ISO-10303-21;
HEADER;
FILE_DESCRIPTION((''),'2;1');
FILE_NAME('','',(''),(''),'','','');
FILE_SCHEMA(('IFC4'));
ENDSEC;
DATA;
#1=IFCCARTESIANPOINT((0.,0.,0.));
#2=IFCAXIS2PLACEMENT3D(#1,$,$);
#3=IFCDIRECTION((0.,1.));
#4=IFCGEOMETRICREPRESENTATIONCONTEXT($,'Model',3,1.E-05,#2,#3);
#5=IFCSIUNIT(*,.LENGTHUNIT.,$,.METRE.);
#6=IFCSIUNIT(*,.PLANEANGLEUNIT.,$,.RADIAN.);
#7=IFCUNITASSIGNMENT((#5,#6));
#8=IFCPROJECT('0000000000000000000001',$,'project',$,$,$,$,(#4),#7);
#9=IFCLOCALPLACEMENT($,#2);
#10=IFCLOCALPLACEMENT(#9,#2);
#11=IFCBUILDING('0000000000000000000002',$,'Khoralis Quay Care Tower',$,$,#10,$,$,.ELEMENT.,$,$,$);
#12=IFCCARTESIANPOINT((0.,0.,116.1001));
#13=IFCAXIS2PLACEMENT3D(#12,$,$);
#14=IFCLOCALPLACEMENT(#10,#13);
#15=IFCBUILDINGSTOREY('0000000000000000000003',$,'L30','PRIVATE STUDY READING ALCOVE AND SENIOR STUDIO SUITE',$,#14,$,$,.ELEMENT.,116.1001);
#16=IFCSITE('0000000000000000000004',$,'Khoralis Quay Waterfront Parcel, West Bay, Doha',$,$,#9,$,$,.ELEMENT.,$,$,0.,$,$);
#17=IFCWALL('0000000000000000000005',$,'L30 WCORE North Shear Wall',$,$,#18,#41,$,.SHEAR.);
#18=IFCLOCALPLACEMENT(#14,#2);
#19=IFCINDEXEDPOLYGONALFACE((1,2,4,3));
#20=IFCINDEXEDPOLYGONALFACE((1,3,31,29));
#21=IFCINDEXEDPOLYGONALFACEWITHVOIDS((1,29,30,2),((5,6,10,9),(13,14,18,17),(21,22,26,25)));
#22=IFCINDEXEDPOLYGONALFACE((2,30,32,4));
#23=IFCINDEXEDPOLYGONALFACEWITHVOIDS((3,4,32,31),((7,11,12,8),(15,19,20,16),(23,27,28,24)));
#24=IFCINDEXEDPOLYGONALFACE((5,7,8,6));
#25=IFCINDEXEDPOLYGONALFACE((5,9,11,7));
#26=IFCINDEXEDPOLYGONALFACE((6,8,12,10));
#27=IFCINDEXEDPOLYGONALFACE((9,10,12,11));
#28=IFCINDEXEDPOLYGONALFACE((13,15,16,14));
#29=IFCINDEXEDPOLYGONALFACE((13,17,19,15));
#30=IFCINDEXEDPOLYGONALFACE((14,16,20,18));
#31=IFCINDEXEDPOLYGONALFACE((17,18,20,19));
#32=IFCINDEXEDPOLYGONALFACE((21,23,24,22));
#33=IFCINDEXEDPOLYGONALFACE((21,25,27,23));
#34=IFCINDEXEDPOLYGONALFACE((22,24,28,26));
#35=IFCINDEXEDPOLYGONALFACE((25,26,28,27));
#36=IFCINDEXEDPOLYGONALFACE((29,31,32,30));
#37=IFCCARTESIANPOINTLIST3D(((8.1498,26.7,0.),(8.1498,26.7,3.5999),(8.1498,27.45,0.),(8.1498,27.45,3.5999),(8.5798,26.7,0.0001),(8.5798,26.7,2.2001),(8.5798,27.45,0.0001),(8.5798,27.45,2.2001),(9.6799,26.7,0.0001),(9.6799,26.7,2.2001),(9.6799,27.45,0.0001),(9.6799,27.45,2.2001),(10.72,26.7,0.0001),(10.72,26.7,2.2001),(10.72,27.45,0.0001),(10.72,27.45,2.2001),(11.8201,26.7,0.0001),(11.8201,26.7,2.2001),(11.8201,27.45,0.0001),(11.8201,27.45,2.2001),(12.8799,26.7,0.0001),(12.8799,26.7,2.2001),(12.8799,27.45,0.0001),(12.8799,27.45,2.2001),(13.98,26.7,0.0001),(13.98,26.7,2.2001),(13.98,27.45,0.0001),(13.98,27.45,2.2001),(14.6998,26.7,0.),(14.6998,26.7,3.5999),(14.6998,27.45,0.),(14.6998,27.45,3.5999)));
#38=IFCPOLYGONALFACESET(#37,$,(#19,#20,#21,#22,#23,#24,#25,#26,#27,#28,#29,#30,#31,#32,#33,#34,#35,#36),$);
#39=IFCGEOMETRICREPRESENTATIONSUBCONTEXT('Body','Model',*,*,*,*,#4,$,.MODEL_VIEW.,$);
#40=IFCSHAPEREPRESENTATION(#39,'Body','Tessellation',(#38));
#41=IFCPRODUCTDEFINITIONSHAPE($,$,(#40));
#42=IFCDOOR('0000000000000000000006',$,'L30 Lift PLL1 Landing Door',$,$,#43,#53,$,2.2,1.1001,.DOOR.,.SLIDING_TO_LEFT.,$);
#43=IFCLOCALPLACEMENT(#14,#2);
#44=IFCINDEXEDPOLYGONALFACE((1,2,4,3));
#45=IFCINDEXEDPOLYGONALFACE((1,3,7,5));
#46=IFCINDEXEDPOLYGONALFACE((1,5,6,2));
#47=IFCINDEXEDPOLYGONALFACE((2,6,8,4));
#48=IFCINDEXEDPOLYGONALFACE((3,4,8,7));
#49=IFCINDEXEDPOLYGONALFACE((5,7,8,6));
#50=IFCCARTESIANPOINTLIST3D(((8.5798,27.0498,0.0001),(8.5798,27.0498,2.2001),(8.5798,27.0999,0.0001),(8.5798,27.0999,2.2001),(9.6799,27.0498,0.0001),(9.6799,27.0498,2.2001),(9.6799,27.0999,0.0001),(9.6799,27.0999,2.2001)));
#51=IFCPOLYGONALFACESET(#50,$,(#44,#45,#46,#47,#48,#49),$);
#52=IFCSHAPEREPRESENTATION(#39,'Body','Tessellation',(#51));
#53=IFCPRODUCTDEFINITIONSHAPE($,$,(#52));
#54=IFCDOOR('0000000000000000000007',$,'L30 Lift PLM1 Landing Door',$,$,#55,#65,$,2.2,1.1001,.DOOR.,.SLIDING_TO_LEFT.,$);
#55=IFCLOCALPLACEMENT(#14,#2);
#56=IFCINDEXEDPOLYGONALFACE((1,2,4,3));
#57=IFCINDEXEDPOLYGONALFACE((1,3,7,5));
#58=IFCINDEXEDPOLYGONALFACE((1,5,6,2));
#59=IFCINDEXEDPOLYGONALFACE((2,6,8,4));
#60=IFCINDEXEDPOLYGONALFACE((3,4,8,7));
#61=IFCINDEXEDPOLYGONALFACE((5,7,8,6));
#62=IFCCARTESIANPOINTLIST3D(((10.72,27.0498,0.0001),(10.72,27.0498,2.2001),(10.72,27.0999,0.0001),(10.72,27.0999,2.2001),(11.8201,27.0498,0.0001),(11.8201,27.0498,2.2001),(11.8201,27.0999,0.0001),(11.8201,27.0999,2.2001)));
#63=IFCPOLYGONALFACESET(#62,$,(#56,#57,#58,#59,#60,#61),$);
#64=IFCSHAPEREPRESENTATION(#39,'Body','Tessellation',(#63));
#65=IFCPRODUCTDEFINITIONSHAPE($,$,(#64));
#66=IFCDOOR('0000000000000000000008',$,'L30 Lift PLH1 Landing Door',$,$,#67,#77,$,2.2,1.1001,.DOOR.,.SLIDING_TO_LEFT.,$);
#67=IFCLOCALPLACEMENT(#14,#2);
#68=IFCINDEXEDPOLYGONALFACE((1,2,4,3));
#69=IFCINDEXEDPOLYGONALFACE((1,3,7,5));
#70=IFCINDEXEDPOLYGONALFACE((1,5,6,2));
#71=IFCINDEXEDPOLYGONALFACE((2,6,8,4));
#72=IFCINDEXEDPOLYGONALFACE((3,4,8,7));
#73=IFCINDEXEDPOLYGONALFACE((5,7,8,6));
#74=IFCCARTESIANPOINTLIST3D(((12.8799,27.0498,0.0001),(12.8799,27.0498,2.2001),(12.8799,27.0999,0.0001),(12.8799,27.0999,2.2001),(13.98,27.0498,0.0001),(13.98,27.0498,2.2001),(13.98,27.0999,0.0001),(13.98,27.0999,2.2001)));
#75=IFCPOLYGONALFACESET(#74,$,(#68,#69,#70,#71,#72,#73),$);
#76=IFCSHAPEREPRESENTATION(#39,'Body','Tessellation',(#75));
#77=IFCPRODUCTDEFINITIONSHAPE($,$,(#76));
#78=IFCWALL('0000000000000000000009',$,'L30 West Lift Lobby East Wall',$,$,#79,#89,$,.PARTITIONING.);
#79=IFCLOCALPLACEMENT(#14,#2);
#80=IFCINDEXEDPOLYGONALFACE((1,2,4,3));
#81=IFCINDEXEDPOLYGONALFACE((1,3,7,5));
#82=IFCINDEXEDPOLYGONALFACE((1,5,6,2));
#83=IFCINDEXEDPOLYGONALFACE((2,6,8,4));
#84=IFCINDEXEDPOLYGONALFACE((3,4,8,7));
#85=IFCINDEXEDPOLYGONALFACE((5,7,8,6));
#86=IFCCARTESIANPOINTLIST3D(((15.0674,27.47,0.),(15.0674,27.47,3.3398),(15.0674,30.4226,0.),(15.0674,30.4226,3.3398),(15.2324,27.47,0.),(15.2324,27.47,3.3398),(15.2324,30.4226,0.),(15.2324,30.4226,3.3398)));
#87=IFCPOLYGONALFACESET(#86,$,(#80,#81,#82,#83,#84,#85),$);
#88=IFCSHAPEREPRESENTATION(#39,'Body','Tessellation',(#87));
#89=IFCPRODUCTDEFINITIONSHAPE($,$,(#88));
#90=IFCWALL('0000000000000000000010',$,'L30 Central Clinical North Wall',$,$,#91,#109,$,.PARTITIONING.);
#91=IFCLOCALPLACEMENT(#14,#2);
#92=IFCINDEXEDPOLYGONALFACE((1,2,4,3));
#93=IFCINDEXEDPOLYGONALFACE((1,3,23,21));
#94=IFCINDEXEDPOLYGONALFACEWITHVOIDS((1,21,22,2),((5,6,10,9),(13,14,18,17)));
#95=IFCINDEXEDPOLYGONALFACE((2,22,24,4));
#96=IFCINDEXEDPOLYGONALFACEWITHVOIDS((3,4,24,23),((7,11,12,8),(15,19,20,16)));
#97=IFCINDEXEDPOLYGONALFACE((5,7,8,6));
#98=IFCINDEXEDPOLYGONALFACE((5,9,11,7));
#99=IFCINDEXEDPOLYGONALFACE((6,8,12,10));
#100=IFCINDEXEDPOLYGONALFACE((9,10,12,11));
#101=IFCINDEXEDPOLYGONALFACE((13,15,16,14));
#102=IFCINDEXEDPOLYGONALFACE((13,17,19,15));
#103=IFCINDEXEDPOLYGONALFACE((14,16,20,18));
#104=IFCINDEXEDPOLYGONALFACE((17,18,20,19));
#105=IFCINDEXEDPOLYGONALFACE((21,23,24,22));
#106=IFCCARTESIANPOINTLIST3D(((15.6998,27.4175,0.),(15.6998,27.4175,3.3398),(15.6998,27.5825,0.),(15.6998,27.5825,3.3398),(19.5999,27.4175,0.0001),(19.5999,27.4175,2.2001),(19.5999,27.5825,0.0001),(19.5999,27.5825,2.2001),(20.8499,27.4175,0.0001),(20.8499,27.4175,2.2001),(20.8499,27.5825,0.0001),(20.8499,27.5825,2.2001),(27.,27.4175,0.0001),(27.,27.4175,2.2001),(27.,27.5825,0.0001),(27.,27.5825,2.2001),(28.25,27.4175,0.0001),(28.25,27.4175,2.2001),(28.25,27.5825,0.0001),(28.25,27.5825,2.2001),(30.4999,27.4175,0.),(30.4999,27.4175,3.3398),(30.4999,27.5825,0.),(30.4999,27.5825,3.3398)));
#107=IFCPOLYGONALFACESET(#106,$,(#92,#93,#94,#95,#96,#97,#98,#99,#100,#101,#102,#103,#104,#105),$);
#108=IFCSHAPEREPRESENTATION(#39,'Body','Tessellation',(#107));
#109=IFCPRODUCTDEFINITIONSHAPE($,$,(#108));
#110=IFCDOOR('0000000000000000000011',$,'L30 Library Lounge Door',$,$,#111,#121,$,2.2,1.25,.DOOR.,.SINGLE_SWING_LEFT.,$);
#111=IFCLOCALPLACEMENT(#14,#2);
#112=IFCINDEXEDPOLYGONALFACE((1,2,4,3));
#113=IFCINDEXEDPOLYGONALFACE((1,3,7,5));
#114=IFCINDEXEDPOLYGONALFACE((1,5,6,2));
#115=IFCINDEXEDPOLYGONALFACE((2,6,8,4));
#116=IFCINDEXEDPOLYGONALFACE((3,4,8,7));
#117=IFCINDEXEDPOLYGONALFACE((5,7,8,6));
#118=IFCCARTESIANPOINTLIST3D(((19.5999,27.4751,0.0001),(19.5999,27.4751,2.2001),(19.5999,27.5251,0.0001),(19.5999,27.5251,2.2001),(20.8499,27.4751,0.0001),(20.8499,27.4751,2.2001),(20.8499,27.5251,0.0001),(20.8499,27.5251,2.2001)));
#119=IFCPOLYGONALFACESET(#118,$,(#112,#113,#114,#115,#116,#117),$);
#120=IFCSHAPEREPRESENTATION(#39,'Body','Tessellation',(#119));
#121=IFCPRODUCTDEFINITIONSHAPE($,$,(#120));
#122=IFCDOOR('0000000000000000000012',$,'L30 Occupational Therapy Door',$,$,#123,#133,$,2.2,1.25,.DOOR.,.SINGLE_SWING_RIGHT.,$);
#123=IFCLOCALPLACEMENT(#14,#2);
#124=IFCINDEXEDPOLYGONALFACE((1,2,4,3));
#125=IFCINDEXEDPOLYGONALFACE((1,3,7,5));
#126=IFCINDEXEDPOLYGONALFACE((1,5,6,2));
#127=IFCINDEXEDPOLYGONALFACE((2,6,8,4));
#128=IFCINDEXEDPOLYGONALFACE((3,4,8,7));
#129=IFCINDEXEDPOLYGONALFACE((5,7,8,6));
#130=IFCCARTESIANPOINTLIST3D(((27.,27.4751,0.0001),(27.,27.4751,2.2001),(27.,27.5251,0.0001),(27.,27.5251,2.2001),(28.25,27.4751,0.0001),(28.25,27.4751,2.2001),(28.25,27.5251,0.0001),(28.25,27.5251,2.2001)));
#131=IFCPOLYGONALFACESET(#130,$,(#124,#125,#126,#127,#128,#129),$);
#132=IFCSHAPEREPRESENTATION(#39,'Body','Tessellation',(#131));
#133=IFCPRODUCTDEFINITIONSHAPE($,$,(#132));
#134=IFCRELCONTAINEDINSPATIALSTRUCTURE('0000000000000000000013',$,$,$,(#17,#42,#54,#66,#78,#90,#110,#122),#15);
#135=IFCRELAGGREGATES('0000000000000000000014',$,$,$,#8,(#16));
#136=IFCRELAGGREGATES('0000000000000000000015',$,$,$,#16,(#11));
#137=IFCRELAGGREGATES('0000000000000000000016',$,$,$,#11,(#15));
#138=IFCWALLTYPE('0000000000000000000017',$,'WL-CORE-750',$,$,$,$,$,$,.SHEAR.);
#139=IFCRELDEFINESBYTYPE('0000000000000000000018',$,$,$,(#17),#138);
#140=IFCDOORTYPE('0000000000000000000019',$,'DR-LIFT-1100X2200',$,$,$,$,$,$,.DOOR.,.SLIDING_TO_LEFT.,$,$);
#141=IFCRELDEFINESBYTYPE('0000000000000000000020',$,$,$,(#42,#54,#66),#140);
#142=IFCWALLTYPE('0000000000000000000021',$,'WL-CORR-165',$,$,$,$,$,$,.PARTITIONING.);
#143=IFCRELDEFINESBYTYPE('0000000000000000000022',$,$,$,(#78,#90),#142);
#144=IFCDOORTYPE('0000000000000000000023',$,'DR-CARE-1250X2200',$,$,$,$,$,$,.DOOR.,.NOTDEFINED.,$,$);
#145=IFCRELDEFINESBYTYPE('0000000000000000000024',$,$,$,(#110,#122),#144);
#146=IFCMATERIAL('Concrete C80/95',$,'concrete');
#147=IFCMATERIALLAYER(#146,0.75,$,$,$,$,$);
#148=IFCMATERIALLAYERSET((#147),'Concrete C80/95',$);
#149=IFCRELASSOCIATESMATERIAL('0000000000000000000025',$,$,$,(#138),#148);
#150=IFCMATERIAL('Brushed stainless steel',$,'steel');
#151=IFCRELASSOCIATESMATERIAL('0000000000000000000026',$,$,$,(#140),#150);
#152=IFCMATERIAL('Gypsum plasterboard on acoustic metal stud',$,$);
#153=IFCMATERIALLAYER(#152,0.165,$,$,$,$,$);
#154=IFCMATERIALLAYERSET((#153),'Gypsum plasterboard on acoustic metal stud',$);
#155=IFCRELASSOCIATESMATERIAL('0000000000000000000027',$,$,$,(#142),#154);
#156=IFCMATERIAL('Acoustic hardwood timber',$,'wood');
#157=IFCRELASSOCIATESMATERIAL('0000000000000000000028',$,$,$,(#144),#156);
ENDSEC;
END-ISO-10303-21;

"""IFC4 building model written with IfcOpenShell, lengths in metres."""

from ifc_helpers import new_model, si_unit, direction, frame, frame_2d, origin, place, context, subcontext, project, spatial, rectangle, extrude, source, transform, mapped, material, layer, layer_set, type_object, element, fill, save


model = new_model("IFC4")

# Units and contexts
model_context = context("Model", 3, precision=1e-05, world=origin(), true_north=direction((0.0, 1.0)))
body_context = subcontext(model_context, "Body", "Model", "MODEL_VIEW")
ifc_project = project(units=[si_unit("LENGTHUNIT", "METRE"), si_unit("PLANEANGLEUNIT", "RADIAN")], contexts=[model_context])

# Site, building, storey
site_placement = place(None, origin())
site = spatial("IfcSite", under=ifc_project, at=site_placement, Name="Khoralis Quay Waterfront Parcel, West Bay, Doha", CompositionType="ELEMENT", RefElevation=0.0)
building_placement = place(site_placement, origin())
building = spatial("IfcBuilding", under=site, at=building_placement, Name="Khoralis Quay Care Tower", CompositionType="ELEMENT")
storey_placement = place(building_placement, frame((0.0, 0.0, 116.1001)))
storey = spatial("IfcBuildingStorey", under=building, at=storey_placement, Name="L30", Description="PRIVATE STUDY READING ALCOVE AND SENIOR STUDIO SUITE", CompositionType="ELEMENT", Elevation=116.1001)

# Wall, openings, doors
ifc_material_1 = material(Name="Concrete C80/95", Category="concrete")
ifc_layer_1 = layer(ifc_material_1, 0.75)
ifc_layer_set_1 = layer_set([ifc_layer_1], Name="Concrete C80/95")
wall_type_1 = type_object("IfcWallType", Name="WL-CORE-750", PredefinedType="SHEAR", material=ifc_layer_set_1)
wall_1_placement = place(storey_placement, frame((8.1499, 27.075, 0.0), z_axis=(0.0, 0.0, 1.0), x_axis=(1.0, 0.0, 0.0)))
wall_1 = element("IfcWall", 1, at=wall_1_placement, inside=storey, type_object=wall_type_1, Name="L30 WCORE North Shear Wall", PredefinedType="SHEAR", context=body_context, shape_type="SweptSolid", body=[
    extrude(rectangle(XDim=6.55, YDim=0.75, at=frame_2d((3.2749, 0.0))), origin(), (0.0, 0.0, 1.0), 3.5999),
])
opening_1_placement = place(wall_1_placement, frame((0.4299, 0.0, 0.0)))
opening_1 = element("IfcOpeningElement", 2, at=opening_1_placement, cuts=wall_1, PredefinedType="OPENING", context=body_context, shape_type="SweptSolid", body=[
    extrude(rectangle(XDim=1.1001, YDim=2.2, at=frame_2d((0.55, 1.1001))), frame((0.0, 0.385, 0.0), z_axis=(0.0, -1.0, 0.0), x_axis=(1.0, 0.0, 0.0)), (0.0, 0.0, 1.0), 0.77),
])
opening_2_placement = place(wall_1_placement, frame((2.5701, 0.0, 0.0)))
opening_2 = element("IfcOpeningElement", 3, at=opening_2_placement, cuts=wall_1, PredefinedType="OPENING", context=body_context, shape_type="SweptSolid", body=[
    extrude(rectangle(XDim=1.1001, YDim=2.2, at=frame_2d((0.55, 1.1001))), frame((0.0, 0.385, 0.0), z_axis=(0.0, -1.0, 0.0), x_axis=(1.0, 0.0, 0.0)), (0.0, 0.0, 1.0), 0.77),
])
opening_3_placement = place(wall_1_placement, frame((4.73, 0.0, 0.0)))
opening_3 = element("IfcOpeningElement", 4, at=opening_3_placement, cuts=wall_1, PredefinedType="OPENING", context=body_context, shape_type="SweptSolid", body=[
    extrude(rectangle(XDim=1.1001, YDim=2.2, at=frame_2d((0.55, 1.1001))), frame((0.0, 0.385, 0.0), z_axis=(0.0, -1.0, 0.0), x_axis=(1.0, 0.0, 0.0)), (0.0, 0.0, 1.0), 0.77),
])
ifc_material_2 = material(Name="Brushed stainless steel", Category="steel")
door_type_1 = type_object("IfcDoorType", Name="DR-LIFT-1100X2200", OperationType="SLIDING_TO_LEFT", PredefinedType="DOOR", material=ifc_material_2)
shared_shape_1 = source(origin(), body_context, "Body", "SweptSolid", [
    extrude(rectangle(XDim=1.1001, YDim=2.2, at=frame_2d((0.55, 1.1001))), frame((0.0, 0.0249, 0.0), z_axis=(0.0, -1.0, 0.0), x_axis=(1.0, 0.0, 0.0)), (0.0, 0.0, 1.0), 0.05),
])
door_1_placement = place(opening_1_placement, origin())
door_1 = element("IfcDoor", 5, at=door_1_placement, inside=storey, type_object=door_type_1, Name="L30 Lift PLL1 Landing Door", OperationType="SLIDING_TO_LEFT", OverallHeight=2.2, OverallWidth=1.1001, PredefinedType="DOOR", context=body_context, shape_type="MappedRepresentation", body=[
    mapped(shared_shape_1, transform((0.0, 0.0, 0.0), scale=1.0)),
])
fill(opening_1, door_1)
door_2_placement = place(opening_2_placement, origin())
door_2 = element("IfcDoor", 6, at=door_2_placement, inside=storey, type_object=door_type_1, Name="L30 Lift PLM1 Landing Door", OperationType="SLIDING_TO_LEFT", OverallHeight=2.2, OverallWidth=1.1001, PredefinedType="DOOR", context=body_context, shape_type="MappedRepresentation", body=[
    mapped(shared_shape_1, transform((0.0, 0.0, 0.0), scale=1.0)),
])
fill(opening_2, door_2)
door_3_placement = place(opening_3_placement, origin())
door_3 = element("IfcDoor", 7, at=door_3_placement, inside=storey, type_object=door_type_1, Name="L30 Lift PLH1 Landing Door", OperationType="SLIDING_TO_LEFT", OverallHeight=2.2, OverallWidth=1.1001, PredefinedType="DOOR", context=body_context, shape_type="MappedRepresentation", body=[
    mapped(shared_shape_1, transform((0.0, 0.0, 0.0), scale=1.0)),
])
fill(opening_3, door_3)

# Wall
ifc_material_3 = material(Name="Gypsum plasterboard on acoustic metal stud")
ifc_layer_2 = layer(ifc_material_3, 0.165)
ifc_layer_set_2 = layer_set([ifc_layer_2], Name="Gypsum plasterboard on acoustic metal stud")
wall_type_2 = type_object("IfcWallType", Name="WL-CORR-165", PredefinedType="PARTITIONING", material=ifc_layer_set_2)
wall_2_placement = place(storey_placement, frame((15.1499, 27.47, 0.0), z_axis=(0.0, 0.0, 1.0), x_axis=(0.0, 1.0, 0.0)))
element("IfcWall", 8, at=wall_2_placement, inside=storey, type_object=wall_type_2, Name="L30 West Lift Lobby East Wall", PredefinedType="PARTITIONING", context=body_context, shape_type="SweptSolid", body=[
    extrude(rectangle(XDim=2.9526, YDim=0.165, at=frame_2d((1.4763, 0.0))), origin(), (0.0, 0.0, 1.0), 3.3398),
])

# Wall, openings, doors
wall_3_placement = place(storey_placement, frame((15.7, 27.5, 0.0), z_axis=(0.0, 0.0, 1.0), x_axis=(1.0, 0.0, 0.0)))
wall_3 = element("IfcWall", 9, at=wall_3_placement, inside=storey, type_object=wall_type_2, Name="L30 Central Clinical North Wall", PredefinedType="PARTITIONING", context=body_context, shape_type="SweptSolid", body=[
    extrude(rectangle(XDim=14.8, YDim=0.165, at=frame_2d((7.3999, 0.0))), origin(), (0.0, 0.0, 1.0), 3.3398),
])
opening_4_placement = place(wall_3_placement, frame((3.8999, 0.0, 0.0)))
opening_4 = element("IfcOpeningElement", 10, at=opening_4_placement, cuts=wall_3, PredefinedType="OPENING", context=body_context, shape_type="SweptSolid", body=[
    extrude(rectangle(XDim=1.25, YDim=2.2, at=frame_2d((0.625, 1.1001))), frame((0.0, 0.0925, 0.0), z_axis=(0.0, -1.0, 0.0), x_axis=(1.0, 0.0, 0.0)), (0.0, 0.0, 1.0), 0.1851),
])
opening_5_placement = place(wall_3_placement, frame((11.3, 0.0, 0.0)))
opening_5 = element("IfcOpeningElement", 11, at=opening_5_placement, cuts=wall_3, PredefinedType="OPENING", context=body_context, shape_type="SweptSolid", body=[
    extrude(rectangle(XDim=1.25, YDim=2.2, at=frame_2d((0.625, 1.1001))), frame((0.0, 0.0925, 0.0), z_axis=(0.0, -1.0, 0.0), x_axis=(1.0, 0.0, 0.0)), (0.0, 0.0, 1.0), 0.1851),
])
ifc_material_4 = material(Name="Acoustic hardwood timber", Category="wood")
door_type_2 = type_object("IfcDoorType", Name="DR-CARE-1250X2200", OperationType="NOTDEFINED", PredefinedType="DOOR", material=ifc_material_4)
shared_shape_2 = source(origin(), body_context, "Body", "SweptSolid", [
    extrude(rectangle(XDim=1.25, YDim=2.2, at=frame_2d((0.625, 1.1001))), frame((0.0, 0.0249, 0.0), z_axis=(0.0, -1.0, 0.0), x_axis=(1.0, 0.0, 0.0)), (0.0, 0.0, 1.0), 0.05),
])
door_4_placement = place(opening_4_placement, frame((1.25, 0.0, 0.0), z_axis=(0.0, 0.0, 1.0), x_axis=(-1.0, 0.0, 0.0)))
door_4 = element("IfcDoor", 12, at=door_4_placement, inside=storey, type_object=door_type_2, Name="L30 Library Lounge Door", OperationType="SINGLE_SWING_LEFT", OverallHeight=2.2, OverallWidth=1.25, PredefinedType="DOOR", context=body_context, shape_type="MappedRepresentation", body=[
    mapped(shared_shape_2, transform((0.0, 0.0, 0.0), scale=1.0)),
])
fill(opening_4, door_4)
door_5_placement = place(opening_5_placement, frame((1.25, 0.0, 0.0), z_axis=(0.0, 0.0, 1.0), x_axis=(-1.0, 0.0, 0.0)))
door_5 = element("IfcDoor", 13, at=door_5_placement, inside=storey, type_object=door_type_2, Name="L30 Occupational Therapy Door", OperationType="SINGLE_SWING_RIGHT", OverallHeight=2.2, OverallWidth=1.25, PredefinedType="DOOR", context=body_context, shape_type="MappedRepresentation", body=[
    mapped(shared_shape_2, transform((0.0, 0.0, 0.0), scale=1.0)),
])
fill(opening_5, door_5)

save(model, "model.ifc")
